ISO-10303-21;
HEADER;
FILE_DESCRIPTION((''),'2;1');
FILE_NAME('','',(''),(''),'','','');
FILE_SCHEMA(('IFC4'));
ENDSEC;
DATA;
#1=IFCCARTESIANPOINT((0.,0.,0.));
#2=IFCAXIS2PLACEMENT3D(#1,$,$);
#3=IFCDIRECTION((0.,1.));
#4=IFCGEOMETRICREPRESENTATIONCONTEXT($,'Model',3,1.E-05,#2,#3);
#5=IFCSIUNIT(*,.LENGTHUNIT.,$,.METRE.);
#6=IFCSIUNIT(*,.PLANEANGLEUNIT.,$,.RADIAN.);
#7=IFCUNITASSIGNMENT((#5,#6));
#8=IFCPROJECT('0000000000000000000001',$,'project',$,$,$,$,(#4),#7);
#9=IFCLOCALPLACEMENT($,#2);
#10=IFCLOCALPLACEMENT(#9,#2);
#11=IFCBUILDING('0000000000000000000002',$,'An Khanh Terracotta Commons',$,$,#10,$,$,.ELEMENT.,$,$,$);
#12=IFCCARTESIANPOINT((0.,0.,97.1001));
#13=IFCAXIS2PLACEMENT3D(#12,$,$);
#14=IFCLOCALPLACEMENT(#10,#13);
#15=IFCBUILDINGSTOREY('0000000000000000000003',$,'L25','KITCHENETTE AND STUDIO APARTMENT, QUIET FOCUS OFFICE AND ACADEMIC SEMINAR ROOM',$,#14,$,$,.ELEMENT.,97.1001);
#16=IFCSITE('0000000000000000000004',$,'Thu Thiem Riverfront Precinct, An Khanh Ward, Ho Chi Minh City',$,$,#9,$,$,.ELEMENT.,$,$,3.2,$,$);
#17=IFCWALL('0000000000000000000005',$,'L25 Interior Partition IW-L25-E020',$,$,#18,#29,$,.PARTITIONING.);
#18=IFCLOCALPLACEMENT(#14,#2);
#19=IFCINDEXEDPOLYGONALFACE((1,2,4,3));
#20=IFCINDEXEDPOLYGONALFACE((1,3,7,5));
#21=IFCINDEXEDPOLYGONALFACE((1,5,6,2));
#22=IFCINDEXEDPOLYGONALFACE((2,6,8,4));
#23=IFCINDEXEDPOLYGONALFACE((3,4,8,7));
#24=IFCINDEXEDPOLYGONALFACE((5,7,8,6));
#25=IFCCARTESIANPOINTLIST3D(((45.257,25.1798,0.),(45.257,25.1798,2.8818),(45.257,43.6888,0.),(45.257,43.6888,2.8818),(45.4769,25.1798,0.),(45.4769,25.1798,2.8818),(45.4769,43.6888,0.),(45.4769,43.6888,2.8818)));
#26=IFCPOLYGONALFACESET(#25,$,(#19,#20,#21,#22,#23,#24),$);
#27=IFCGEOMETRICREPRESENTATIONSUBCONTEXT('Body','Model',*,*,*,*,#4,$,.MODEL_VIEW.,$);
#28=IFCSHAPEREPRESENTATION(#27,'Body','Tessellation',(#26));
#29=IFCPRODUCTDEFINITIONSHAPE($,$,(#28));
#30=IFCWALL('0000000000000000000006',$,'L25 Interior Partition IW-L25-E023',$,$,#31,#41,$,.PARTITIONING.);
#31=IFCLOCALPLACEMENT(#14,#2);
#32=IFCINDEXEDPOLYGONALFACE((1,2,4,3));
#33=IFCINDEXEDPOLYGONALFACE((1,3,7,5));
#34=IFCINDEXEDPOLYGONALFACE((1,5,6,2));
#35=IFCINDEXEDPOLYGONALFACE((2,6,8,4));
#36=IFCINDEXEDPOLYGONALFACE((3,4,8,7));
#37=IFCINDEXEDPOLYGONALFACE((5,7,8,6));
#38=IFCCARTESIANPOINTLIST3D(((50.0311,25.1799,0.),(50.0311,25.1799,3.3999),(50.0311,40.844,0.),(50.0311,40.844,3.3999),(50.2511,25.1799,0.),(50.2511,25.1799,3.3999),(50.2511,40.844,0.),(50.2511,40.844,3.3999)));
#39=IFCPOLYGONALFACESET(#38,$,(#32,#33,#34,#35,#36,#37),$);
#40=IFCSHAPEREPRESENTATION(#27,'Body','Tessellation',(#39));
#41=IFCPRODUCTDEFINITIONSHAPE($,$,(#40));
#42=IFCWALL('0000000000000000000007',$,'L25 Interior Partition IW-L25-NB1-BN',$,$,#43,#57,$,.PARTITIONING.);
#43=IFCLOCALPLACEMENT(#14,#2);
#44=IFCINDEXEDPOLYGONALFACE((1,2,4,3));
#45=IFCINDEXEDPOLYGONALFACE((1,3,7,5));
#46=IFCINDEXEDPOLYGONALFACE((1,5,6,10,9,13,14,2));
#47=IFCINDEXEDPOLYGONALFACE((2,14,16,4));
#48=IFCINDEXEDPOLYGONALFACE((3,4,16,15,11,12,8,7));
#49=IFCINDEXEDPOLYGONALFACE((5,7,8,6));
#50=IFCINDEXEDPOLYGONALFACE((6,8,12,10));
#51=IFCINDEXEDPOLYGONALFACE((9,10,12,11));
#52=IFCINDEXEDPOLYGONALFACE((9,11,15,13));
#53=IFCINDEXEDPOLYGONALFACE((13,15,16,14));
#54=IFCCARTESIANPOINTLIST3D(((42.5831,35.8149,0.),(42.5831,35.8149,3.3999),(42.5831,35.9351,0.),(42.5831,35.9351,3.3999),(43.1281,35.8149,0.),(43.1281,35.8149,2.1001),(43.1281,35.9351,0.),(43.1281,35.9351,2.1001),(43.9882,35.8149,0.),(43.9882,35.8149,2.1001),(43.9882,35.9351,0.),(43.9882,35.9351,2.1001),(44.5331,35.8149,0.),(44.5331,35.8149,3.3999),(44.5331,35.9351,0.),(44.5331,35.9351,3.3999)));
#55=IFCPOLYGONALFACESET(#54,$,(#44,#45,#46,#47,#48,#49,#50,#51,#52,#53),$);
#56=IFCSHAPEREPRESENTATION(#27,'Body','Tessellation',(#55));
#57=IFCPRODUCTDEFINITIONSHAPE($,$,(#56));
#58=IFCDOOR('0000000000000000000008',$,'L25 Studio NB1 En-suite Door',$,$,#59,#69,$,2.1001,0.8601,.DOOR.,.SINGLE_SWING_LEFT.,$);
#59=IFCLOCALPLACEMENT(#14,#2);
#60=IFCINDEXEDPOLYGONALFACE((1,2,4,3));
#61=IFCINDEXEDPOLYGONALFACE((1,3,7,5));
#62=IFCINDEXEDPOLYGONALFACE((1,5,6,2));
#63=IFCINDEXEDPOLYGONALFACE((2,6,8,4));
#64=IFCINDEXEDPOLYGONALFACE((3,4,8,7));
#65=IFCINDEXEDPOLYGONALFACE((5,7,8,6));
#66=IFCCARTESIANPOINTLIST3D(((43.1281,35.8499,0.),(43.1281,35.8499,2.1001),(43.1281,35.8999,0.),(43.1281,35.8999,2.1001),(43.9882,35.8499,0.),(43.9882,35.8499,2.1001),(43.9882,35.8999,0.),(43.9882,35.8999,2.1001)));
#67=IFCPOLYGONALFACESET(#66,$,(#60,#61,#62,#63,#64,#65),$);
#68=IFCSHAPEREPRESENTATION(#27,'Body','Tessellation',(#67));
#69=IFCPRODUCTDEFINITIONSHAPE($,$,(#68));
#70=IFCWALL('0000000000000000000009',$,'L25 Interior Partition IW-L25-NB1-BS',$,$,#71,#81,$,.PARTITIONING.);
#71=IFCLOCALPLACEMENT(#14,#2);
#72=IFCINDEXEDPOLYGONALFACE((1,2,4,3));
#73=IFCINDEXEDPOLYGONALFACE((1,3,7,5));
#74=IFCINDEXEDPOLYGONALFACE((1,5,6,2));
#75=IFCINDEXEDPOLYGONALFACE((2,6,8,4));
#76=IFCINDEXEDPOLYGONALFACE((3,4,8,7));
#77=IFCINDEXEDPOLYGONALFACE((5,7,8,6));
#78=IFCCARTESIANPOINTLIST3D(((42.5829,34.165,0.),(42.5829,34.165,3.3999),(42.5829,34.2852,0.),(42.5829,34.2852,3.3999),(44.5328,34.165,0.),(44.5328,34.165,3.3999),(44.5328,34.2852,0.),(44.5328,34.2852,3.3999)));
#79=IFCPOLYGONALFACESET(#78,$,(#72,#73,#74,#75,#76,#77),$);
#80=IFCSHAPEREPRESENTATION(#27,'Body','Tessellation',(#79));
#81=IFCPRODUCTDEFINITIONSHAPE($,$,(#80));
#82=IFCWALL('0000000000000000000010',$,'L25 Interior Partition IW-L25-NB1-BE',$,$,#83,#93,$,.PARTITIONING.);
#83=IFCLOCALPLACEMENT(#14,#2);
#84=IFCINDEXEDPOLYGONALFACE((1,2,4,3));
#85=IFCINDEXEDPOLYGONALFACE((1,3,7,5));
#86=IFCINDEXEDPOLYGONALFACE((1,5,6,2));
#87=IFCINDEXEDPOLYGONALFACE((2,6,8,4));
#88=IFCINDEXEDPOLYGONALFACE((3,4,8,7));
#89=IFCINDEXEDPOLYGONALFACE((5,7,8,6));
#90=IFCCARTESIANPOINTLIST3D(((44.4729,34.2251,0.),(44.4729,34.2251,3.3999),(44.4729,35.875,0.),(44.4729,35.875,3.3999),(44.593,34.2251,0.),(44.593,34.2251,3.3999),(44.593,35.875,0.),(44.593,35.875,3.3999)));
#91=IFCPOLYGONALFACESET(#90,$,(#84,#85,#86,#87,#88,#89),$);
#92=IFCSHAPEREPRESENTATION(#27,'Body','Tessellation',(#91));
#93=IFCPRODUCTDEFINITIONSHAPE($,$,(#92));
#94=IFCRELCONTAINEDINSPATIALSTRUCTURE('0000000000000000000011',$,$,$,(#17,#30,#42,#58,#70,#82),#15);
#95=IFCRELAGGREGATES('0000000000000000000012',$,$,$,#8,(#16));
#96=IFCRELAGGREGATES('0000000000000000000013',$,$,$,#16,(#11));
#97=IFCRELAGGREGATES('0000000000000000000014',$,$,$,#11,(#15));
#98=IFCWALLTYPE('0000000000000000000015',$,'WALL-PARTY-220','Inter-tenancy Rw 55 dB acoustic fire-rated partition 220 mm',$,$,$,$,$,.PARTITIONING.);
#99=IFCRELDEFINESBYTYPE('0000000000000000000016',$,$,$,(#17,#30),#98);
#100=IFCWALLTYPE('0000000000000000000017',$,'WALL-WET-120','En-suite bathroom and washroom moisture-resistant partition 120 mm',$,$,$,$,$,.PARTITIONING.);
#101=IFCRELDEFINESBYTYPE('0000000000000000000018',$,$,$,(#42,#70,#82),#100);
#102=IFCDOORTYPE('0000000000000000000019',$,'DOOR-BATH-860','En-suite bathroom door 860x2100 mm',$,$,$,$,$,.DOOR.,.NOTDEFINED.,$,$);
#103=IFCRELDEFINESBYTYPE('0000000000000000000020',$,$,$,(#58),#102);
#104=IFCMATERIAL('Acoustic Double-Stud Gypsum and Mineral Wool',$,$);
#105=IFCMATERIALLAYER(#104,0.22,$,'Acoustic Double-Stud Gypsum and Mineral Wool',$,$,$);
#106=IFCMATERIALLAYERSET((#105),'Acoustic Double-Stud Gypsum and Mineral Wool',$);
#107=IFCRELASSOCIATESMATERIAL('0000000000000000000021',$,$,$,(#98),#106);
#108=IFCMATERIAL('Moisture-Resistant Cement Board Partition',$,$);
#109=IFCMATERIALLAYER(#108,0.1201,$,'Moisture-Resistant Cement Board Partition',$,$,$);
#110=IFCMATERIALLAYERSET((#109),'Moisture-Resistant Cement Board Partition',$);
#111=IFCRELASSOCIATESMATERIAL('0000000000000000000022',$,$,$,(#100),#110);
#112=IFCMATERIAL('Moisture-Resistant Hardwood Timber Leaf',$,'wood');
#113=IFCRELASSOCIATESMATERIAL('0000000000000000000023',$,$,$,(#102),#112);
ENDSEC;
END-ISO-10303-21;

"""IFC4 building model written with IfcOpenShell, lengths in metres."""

from ifc_helpers import new_model, si_unit, direction, frame, frame_2d, origin, place, context, subcontext, project, spatial, rectangle, extrude, material, layer, layer_set, type_object, element, fill, save


model = new_model("IFC4")

# Units and contexts
model_context = context("Model", 3, precision=1e-05, world=origin(), true_north=direction((0.0, 1.0)))
body_context = subcontext(model_context, "Body", "Model", "MODEL_VIEW")
ifc_project = project(units=[si_unit("LENGTHUNIT", "METRE"), si_unit("PLANEANGLEUNIT", "RADIAN")], contexts=[model_context])

# Site, building, storey
site_placement = place(None, origin())
site = spatial("IfcSite", under=ifc_project, at=site_placement, Name="Thu Thiem Riverfront Precinct, An Khanh Ward, Ho Chi Minh City", CompositionType="ELEMENT", RefElevation=3.2)
building_placement = place(site_placement, origin())
building = spatial("IfcBuilding", under=site, at=building_placement, Name="An Khanh Terracotta Commons", CompositionType="ELEMENT")
storey_placement = place(building_placement, frame((0.0, 0.0, 97.1001)))
storey = spatial("IfcBuildingStorey", under=building, at=storey_placement, Name="L25", Description="KITCHENETTE AND STUDIO APARTMENT, QUIET FOCUS OFFICE AND ACADEMIC SEMINAR ROOM", CompositionType="ELEMENT", Elevation=97.1001)

# Walls
ifc_material_1 = material(Name="Acoustic Double-Stud Gypsum and Mineral Wool")
ifc_layer_1 = layer(ifc_material_1, 0.22, Name="Acoustic Double-Stud Gypsum and Mineral Wool")
ifc_layer_set_1 = layer_set([ifc_layer_1], Name="Acoustic Double-Stud Gypsum and Mineral Wool")
wall_type_1 = type_object("IfcWallType", Name="WALL-PARTY-220", Description="Inter-tenancy Rw 55 dB acoustic fire-rated partition 220 mm", PredefinedType="PARTITIONING", material=ifc_layer_set_1)
wall_1_placement = place(storey_placement, frame((45.3669, 25.1799, 0.0), z_axis=(0.0, 0.0, 1.0), x_axis=(0.0, 1.0, 0.0)))
element("IfcWall", 1, at=wall_1_placement, inside=storey, type_object=wall_type_1, Name="L25 Interior Partition IW-L25-E020", PredefinedType="PARTITIONING", context=body_context, shape_type="SweptSolid", body=[
    extrude(rectangle(XDim=18.509, YDim=0.22, at=frame_2d((9.2544, 0.0))), origin(), (0.0, 0.0, 1.0), 2.8818),
])
wall_2_placement = place(storey_placement, frame((50.1411, 25.1799, 0.0), z_axis=(0.0, 0.0, 1.0), x_axis=(0.0, 1.0, 0.0)))
element("IfcWall", 2, at=wall_2_placement, inside=storey, type_object=wall_type_1, Name="L25 Interior Partition IW-L25-E023", PredefinedType="PARTITIONING", context=body_context, shape_type="SweptSolid", body=[
    extrude(rectangle(XDim=15.6641, YDim=0.22, at=frame_2d((7.832, 0.0))), origin(), (0.0, 0.0, 1.0), 3.3999),
])

# Wall, opening, door
ifc_material_2 = material(Name="Moisture-Resistant Cement Board Partition")
ifc_layer_2 = layer(ifc_material_2, 0.1201, Name="Moisture-Resistant Cement Board Partition")
ifc_layer_set_2 = layer_set([ifc_layer_2], Name="Moisture-Resistant Cement Board Partition")
wall_type_2 = type_object("IfcWallType", Name="WALL-WET-120", Description="En-suite bathroom and washroom moisture-resistant partition 120 mm", PredefinedType="PARTITIONING", material=ifc_layer_set_2)
wall_3_placement = place(storey_placement, frame((42.583, 35.875, 0.0), z_axis=(0.0, 0.0, 1.0), x_axis=(1.0, 0.0, 0.0)))
wall_3 = element("IfcWall", 3, at=wall_3_placement, inside=storey, type_object=wall_type_2, Name="L25 Interior Partition IW-L25-NB1-BN", PredefinedType="PARTITIONING", context=body_context, shape_type="SweptSolid", body=[
    extrude(rectangle(XDim=1.95, YDim=0.1201, at=frame_2d((0.9751, 0.0))), origin(), (0.0, 0.0, 1.0), 3.3999),
])
opening_1_placement = place(wall_3_placement, frame((0.5449, 0.0, 0.0)))
opening_1 = element("IfcOpeningElement", 4, at=opening_1_placement, cuts=wall_3, PredefinedType="OPENING", context=body_context, shape_type="SweptSolid", body=[
    extrude(rectangle(XDim=0.8601, YDim=2.1001, at=frame_2d((0.4302, 1.05))), frame((0.0, 0.0701, 0.0), z_axis=(0.0, -1.0, 0.0), x_axis=(1.0, 0.0, 0.0)), (0.0, 0.0, 1.0), 0.1401),
])
ifc_material_3 = material(Name="Moisture-Resistant Hardwood Timber Leaf", Category="wood")
door_type_1 = type_object("IfcDoorType", Name="DOOR-BATH-860", Description="En-suite bathroom door 860x2100 mm", OperationType="NOTDEFINED", PredefinedType="DOOR", material=ifc_material_3)
door_1_placement = place(opening_1_placement, origin())
door_1 = element("IfcDoor", 5, at=door_1_placement, inside=storey, type_object=door_type_1, Name="L25 Studio NB1 En-suite Door", OperationType="SINGLE_SWING_LEFT", OverallHeight=2.1001, OverallWidth=0.8601, PredefinedType="DOOR", context=body_context, shape_type="SweptSolid", body=[
    extrude(rectangle(XDim=0.8601, YDim=2.1001, at=frame_2d((0.4302, 1.05))), frame((0.0, 0.0249, 0.0), z_axis=(0.0, -1.0, 0.0), x_axis=(1.0, 0.0, 0.0)), (0.0, 0.0, 1.0), 0.05),
])
fill(opening_1, door_1)

# Walls
wall_4_placement = place(storey_placement, frame((44.533, 34.2251, 0.0), z_axis=(0.0, 0.0, 1.0), x_axis=(-1.0, 0.0, 0.0)))
element("IfcWall", 6, at=wall_4_placement, inside=storey, type_object=wall_type_2, Name="L25 Interior Partition IW-L25-NB1-BS", PredefinedType="PARTITIONING", context=body_context, shape_type="SweptSolid", body=[
    extrude(rectangle(XDim=1.95, YDim=0.1201, at=frame_2d((0.9751, 0.0))), origin(), (0.0, 0.0, 1.0), 3.3999),
])
wall_5_placement = place(storey_placement, frame((44.533, 34.2251, 0.0), z_axis=(0.0, 0.0, 1.0), x_axis=(0.0, 1.0, 0.0)))
element("IfcWall", 7, at=wall_5_placement, inside=storey, type_object=wall_type_2, Name="L25 Interior Partition IW-L25-NB1-BE", PredefinedType="PARTITIONING", context=body_context, shape_type="SweptSolid", body=[
    extrude(rectangle(XDim=1.6499, YDim=0.1201, at=frame_2d((0.825, 0.0))), origin(), (0.0, 0.0, 1.0), 3.3999),
])

save(model, "model.ifc")
